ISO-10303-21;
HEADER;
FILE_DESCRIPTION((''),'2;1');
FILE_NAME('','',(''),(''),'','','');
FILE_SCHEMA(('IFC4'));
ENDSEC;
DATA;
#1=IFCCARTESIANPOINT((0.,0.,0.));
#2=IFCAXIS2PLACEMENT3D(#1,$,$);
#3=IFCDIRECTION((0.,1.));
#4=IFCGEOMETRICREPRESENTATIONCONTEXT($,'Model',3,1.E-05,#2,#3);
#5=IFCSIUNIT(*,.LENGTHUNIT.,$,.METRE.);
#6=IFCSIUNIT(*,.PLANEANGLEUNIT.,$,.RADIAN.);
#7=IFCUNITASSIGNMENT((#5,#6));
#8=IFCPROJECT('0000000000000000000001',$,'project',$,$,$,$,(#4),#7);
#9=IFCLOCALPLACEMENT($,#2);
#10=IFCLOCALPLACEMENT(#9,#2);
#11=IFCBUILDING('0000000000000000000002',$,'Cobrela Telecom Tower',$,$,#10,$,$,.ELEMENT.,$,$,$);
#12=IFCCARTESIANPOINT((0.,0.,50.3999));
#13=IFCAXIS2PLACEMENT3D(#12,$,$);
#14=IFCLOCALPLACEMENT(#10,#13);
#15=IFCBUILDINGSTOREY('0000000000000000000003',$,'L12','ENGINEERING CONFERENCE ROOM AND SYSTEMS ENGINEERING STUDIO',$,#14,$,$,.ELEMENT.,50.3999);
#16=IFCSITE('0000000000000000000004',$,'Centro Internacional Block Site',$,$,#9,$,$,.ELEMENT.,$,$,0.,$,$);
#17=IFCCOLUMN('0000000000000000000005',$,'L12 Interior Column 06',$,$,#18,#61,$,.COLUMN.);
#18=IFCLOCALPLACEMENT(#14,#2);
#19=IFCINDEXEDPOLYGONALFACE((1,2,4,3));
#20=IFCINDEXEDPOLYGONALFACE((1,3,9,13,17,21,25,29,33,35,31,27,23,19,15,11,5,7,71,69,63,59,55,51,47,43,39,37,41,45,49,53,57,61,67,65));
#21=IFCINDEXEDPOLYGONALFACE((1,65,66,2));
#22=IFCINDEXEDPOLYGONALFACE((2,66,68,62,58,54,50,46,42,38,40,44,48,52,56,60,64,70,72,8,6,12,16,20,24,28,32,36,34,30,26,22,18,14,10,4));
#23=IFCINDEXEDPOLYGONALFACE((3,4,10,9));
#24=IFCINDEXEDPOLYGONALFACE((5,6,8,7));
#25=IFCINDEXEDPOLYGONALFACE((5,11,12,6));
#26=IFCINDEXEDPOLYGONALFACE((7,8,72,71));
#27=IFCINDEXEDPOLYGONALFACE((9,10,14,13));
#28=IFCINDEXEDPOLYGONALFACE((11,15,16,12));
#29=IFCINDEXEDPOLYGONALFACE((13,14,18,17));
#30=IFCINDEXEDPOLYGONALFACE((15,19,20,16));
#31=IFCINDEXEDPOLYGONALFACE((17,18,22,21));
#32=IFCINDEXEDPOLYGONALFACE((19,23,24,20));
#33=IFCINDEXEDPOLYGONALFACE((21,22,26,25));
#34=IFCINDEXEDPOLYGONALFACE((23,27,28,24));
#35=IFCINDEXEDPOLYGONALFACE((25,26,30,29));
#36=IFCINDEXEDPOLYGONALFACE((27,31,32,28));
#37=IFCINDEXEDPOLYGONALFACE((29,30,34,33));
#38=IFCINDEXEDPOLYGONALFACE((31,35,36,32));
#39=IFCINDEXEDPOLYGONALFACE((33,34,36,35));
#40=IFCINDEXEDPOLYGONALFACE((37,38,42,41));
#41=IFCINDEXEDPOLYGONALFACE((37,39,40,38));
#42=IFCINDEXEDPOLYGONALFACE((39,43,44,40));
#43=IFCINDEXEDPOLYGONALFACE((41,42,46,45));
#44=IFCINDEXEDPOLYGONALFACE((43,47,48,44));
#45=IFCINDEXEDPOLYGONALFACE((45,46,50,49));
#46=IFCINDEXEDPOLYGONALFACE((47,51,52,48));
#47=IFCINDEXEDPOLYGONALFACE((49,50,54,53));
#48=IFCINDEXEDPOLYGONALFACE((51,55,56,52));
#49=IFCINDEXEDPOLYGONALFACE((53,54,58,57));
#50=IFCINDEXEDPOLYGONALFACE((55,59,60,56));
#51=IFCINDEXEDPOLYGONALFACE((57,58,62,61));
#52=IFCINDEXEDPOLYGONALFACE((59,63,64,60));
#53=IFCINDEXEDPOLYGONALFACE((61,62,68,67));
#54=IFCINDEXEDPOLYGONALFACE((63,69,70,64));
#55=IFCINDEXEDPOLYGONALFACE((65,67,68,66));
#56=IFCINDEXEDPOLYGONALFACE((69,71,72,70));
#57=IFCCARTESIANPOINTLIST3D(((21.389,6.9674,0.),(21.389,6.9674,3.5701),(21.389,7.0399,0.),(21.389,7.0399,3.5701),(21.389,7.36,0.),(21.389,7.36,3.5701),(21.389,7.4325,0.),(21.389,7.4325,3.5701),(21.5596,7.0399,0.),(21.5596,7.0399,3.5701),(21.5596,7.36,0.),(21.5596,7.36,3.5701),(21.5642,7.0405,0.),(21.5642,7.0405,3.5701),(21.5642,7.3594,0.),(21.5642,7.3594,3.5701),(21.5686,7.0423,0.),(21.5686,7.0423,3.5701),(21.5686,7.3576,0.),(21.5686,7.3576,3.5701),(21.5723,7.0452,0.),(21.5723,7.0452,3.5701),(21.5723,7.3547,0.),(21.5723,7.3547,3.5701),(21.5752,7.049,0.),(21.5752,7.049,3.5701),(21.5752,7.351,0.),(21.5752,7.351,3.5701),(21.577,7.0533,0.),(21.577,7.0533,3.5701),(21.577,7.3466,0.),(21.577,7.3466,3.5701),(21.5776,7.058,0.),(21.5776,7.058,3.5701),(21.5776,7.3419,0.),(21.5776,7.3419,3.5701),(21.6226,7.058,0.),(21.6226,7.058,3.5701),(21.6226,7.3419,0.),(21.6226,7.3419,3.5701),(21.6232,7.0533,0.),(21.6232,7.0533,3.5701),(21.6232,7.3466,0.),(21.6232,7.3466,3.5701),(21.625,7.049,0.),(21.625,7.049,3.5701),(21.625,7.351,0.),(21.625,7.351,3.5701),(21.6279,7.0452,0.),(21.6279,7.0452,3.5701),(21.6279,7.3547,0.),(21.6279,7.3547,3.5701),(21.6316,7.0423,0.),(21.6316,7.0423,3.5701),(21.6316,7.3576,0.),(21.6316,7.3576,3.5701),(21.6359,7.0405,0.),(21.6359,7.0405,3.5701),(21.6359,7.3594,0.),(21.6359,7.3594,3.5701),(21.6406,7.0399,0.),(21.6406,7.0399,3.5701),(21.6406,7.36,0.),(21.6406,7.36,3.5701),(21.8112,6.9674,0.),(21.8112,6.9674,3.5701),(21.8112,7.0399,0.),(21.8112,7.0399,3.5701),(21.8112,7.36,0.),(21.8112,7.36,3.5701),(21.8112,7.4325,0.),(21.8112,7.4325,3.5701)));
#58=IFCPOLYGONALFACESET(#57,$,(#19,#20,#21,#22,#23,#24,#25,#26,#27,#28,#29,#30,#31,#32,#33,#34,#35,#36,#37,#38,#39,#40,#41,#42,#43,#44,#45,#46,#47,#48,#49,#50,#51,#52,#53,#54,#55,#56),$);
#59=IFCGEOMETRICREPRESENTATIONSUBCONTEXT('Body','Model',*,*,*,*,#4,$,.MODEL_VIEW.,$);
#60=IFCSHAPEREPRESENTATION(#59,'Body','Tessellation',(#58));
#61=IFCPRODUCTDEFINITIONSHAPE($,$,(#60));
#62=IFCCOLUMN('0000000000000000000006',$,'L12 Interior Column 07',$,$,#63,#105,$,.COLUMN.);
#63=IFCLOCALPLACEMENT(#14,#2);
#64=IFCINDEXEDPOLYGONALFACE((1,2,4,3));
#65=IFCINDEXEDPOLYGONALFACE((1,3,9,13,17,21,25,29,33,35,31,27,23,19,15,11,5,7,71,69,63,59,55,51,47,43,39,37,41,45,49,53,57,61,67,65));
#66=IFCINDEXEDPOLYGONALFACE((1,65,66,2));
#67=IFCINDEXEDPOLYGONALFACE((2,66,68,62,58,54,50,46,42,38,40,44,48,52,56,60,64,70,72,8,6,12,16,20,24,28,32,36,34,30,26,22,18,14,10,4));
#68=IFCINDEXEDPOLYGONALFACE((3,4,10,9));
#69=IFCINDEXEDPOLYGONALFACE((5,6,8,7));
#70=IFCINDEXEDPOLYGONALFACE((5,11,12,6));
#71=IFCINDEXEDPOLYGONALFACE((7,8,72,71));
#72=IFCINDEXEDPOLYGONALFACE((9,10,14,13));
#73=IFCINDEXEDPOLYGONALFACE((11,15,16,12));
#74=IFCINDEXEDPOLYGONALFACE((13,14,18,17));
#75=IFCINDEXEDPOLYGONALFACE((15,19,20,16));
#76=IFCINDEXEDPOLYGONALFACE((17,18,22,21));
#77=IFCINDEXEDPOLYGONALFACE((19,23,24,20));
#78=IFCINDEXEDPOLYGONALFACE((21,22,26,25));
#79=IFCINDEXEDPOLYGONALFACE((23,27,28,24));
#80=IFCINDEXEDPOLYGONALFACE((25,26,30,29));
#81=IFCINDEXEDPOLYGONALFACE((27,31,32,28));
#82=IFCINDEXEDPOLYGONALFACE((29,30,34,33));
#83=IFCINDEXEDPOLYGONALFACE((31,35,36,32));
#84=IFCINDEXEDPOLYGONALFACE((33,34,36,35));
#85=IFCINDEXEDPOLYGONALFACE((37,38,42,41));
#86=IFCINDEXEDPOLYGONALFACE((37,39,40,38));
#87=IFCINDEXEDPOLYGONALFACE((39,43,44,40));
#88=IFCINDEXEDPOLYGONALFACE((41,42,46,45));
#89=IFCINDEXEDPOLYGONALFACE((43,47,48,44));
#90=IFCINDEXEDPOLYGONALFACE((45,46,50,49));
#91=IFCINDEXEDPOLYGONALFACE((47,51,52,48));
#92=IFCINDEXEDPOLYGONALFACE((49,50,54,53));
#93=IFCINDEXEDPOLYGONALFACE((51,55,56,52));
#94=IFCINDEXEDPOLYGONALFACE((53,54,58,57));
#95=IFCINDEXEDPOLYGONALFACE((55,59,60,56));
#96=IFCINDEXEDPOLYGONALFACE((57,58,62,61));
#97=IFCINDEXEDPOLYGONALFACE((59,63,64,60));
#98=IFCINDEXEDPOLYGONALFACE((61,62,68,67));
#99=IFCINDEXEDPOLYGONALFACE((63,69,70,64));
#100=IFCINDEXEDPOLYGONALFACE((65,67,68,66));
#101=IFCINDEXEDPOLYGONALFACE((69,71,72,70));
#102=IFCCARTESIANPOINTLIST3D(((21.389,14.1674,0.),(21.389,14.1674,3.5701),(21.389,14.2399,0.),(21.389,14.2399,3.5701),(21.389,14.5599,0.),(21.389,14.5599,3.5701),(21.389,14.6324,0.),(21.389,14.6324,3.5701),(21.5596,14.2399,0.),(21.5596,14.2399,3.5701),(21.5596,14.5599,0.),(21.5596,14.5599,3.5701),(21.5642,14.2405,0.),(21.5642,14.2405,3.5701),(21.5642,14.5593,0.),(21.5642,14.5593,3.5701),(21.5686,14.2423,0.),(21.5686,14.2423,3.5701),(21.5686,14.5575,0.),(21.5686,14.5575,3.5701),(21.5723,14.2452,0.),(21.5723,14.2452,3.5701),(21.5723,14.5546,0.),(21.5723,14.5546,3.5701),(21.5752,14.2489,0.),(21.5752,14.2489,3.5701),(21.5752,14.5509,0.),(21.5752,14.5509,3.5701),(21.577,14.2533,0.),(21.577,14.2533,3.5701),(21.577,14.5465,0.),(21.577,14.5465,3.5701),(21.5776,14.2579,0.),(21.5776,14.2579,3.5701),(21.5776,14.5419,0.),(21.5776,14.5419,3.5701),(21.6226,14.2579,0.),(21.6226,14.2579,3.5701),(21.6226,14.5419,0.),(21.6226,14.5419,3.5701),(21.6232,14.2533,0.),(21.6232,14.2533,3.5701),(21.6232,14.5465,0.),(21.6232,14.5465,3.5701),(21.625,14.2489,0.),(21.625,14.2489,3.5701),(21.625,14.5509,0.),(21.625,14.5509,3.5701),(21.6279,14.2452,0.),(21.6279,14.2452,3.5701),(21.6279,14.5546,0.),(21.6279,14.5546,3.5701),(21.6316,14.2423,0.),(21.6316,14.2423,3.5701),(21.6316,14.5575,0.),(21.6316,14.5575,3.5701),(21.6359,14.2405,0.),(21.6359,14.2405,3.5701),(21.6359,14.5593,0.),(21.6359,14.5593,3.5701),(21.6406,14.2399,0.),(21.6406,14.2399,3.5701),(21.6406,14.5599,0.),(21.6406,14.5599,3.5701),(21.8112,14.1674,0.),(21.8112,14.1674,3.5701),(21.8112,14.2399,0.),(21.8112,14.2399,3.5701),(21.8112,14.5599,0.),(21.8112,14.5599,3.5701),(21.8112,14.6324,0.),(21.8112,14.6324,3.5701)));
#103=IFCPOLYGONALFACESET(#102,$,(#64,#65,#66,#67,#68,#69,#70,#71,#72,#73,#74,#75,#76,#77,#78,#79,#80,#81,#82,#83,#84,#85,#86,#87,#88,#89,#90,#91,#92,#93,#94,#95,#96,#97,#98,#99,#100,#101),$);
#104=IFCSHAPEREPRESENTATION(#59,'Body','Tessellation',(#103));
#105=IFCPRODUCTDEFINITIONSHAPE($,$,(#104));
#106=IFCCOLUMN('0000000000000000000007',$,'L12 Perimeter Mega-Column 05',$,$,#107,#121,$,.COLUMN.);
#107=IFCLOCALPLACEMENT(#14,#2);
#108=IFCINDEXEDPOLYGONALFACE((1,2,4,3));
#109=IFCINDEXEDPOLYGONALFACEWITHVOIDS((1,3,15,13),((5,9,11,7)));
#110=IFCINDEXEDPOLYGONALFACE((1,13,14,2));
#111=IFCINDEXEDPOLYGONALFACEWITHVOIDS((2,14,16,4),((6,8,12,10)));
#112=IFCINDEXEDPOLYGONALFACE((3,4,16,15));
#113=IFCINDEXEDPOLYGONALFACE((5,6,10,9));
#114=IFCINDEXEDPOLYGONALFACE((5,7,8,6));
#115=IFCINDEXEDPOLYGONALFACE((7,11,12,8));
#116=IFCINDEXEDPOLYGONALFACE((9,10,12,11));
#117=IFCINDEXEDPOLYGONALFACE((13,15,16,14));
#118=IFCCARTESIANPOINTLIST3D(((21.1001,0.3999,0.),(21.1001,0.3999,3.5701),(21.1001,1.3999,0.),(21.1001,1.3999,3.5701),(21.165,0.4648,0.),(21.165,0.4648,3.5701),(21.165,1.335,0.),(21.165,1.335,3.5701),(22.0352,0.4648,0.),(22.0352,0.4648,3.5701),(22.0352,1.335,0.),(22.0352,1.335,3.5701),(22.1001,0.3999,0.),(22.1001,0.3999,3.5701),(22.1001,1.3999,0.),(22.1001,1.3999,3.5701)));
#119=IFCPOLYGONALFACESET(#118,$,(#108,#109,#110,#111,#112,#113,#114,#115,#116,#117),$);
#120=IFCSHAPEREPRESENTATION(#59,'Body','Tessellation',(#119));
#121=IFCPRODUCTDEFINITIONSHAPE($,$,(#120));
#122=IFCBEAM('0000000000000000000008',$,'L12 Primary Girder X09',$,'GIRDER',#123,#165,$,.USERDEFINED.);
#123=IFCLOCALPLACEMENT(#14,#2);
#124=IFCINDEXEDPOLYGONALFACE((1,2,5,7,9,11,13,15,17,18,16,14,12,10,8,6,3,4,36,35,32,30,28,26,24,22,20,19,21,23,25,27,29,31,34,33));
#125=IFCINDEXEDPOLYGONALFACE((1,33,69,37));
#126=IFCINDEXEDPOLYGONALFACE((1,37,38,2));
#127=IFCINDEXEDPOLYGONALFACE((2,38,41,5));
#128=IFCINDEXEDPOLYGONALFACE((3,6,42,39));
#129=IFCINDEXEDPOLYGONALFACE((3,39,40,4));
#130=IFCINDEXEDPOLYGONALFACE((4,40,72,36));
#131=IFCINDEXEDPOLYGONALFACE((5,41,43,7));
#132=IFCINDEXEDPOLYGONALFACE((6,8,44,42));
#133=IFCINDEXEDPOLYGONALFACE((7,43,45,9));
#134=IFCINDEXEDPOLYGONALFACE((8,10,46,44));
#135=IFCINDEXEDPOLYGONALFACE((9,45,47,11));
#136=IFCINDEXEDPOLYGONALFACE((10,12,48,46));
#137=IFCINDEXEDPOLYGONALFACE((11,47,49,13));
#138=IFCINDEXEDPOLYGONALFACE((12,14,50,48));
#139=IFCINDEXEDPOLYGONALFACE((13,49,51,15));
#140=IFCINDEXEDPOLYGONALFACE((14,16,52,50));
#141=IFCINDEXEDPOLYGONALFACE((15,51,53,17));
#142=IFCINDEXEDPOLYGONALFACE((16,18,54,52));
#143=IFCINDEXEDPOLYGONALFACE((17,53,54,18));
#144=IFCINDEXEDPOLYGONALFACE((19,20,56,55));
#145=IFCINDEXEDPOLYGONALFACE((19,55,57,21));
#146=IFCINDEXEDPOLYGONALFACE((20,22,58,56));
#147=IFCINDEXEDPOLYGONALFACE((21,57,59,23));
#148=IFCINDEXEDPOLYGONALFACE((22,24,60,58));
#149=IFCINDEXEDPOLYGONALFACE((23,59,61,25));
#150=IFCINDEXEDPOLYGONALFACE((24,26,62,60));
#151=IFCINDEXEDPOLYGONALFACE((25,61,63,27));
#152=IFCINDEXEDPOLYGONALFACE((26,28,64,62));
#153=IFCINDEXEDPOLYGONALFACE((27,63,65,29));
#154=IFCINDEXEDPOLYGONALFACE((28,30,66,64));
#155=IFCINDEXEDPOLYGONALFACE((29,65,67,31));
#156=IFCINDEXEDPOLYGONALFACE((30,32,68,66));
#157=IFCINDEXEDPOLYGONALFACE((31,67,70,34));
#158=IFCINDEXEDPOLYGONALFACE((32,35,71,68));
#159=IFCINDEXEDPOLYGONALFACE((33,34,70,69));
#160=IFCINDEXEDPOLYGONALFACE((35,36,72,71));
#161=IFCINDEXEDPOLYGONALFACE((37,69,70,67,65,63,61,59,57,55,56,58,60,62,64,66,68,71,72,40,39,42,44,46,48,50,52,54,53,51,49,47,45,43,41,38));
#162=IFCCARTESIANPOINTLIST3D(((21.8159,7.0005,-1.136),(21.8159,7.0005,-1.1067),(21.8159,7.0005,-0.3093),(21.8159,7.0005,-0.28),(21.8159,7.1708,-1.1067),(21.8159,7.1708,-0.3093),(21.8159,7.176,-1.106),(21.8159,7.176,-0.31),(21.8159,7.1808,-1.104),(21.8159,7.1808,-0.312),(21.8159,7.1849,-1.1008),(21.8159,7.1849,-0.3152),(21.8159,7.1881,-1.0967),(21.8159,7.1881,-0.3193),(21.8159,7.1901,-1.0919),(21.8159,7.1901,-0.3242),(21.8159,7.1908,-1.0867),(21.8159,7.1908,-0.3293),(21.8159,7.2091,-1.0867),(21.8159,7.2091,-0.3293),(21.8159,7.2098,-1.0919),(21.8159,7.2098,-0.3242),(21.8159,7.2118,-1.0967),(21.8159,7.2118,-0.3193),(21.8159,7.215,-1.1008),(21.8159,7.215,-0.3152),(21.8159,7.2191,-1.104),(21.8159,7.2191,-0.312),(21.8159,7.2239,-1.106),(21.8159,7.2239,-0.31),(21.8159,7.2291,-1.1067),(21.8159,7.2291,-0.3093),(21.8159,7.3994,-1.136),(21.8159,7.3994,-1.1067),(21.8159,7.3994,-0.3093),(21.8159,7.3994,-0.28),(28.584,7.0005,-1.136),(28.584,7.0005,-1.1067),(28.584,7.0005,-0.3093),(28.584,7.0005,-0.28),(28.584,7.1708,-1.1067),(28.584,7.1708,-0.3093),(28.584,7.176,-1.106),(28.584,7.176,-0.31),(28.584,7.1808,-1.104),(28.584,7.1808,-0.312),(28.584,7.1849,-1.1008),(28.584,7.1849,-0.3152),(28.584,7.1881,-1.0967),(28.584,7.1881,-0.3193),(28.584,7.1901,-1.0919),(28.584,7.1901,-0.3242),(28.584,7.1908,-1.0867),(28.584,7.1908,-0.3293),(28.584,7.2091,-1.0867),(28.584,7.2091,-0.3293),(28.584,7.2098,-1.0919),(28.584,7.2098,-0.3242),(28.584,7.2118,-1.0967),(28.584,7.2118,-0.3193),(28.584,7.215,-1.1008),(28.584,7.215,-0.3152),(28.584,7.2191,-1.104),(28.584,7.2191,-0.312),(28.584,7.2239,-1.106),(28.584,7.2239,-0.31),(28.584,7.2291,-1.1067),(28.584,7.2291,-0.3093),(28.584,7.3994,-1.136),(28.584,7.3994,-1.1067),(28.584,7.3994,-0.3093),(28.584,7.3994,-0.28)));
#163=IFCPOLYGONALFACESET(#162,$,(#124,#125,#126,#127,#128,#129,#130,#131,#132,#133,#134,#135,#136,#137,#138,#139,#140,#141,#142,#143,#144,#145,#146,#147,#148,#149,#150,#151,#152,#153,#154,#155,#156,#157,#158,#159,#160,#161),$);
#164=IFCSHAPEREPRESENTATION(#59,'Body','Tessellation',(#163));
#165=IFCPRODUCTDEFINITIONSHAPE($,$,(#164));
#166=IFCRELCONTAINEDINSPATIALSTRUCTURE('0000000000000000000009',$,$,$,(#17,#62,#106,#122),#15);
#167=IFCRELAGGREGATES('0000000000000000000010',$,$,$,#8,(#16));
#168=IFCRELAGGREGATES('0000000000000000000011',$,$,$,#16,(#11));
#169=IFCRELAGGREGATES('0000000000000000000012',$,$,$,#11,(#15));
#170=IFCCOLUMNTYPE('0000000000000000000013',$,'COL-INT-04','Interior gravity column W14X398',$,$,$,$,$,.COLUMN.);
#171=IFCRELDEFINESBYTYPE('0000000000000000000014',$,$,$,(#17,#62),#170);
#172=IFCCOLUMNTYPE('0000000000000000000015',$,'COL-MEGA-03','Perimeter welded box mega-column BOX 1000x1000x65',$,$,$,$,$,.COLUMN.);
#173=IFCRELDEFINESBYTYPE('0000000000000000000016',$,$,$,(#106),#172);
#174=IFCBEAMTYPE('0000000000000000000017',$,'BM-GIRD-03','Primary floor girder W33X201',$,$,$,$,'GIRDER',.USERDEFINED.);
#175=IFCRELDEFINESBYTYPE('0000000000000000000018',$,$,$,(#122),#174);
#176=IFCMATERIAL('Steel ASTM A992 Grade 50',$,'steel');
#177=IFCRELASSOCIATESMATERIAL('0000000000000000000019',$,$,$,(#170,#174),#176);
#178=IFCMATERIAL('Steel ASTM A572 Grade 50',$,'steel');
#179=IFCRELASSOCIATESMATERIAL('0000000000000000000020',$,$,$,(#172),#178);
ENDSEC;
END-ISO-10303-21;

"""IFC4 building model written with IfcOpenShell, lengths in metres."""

from ifc_helpers import new_model, si_unit, direction, frame, origin, origin_2d, place, context, subcontext, project, spatial, hollow_rectangle, i_section, extrude, material, material_profile, profile_set, type_object, element, save


model = new_model("IFC4")

# Units and contexts
model_context = context("Model", 3, precision=1e-05, world=origin(), true_north=direction((0.0, 1.0)))
body_context = subcontext(model_context, "Body", "Model", "MODEL_VIEW")
ifc_project = project(units=[si_unit("LENGTHUNIT", "METRE"), si_unit("PLANEANGLEUNIT", "RADIAN")], contexts=[model_context])

# Site, building, storey
site_placement = place(None, origin())
site = spatial("IfcSite", under=ifc_project, at=site_placement, Name="Centro Internacional Block Site", CompositionType="ELEMENT", RefElevation=0.0)
building_placement = place(site_placement, origin())
building = spatial("IfcBuilding", under=site, at=building_placement, Name="Cobrela Telecom Tower", CompositionType="ELEMENT")
storey_placement = place(building_placement, frame((0.0, 0.0, 50.3999)))
storey = spatial("IfcBuildingStorey", under=building, at=storey_placement, Name="L12", Description="ENGINEERING CONFERENCE ROOM AND SYSTEMS ENGINEERING STUDIO", CompositionType="ELEMENT", Elevation=50.3999)

# Columns
ifc_material_1 = material(Name="Steel ASTM A992 Grade 50", Category="steel")
ifc_material_profile_1 = material_profile(ifc_material_1, i_section(OverallWidth=0.4221, OverallDepth=0.4651, WebThickness=0.0449, FlangeThickness=0.0725, FilletRadius=0.0181, at=origin_2d()), Name="W14X398")
ifc_profile_set_1 = profile_set([ifc_material_profile_1], Name="Steel ASTM A992 Grade 50")
column_type_1 = type_object("IfcColumnType", Name="COL-INT-04", Description="Interior gravity column W14X398", PredefinedType="COLUMN", material=ifc_profile_set_1)
for number, where, z_axis, x_axis, name in (
    (1, (21.6001, 7.2, 0.0), (0.0, 0.0, 1.0), (1.0, 0.0, 0.0), "L12 Interior Column 06"),
    (2, (21.6001, 14.3999, 0.0), (0.0, 0.0, 1.0), (1.0, 0.0, 0.0), "L12 Interior Column 07"),
):
    element("IfcColumn", number, at=place(storey_placement, frame(where, z_axis=z_axis, x_axis=x_axis)), inside=storey, type_object=column_type_1, Name=name, PredefinedType="COLUMN", context=body_context, shape_type="SweptSolid", body=[
        extrude(i_section(OverallWidth=0.4221, OverallDepth=0.4651, WebThickness=0.0449, FlangeThickness=0.0725, FilletRadius=0.0181, at=origin_2d()), origin(), (0.0, 0.0, 1.0), 3.5701),
    ])
ifc_material_2 = material(Name="Steel ASTM A572 Grade 50", Category="steel")
ifc_material_profile_2 = material_profile(ifc_material_2, hollow_rectangle(XDim=1.0, YDim=1.0, WallThickness=0.0649, at=origin_2d()), Name="BOX 1000x1000x65")
ifc_profile_set_2 = profile_set([ifc_material_profile_2], Name="Steel ASTM A572 Grade 50")
column_type_2 = type_object("IfcColumnType", Name="COL-MEGA-03", Description="Perimeter welded box mega-column BOX 1000x1000x65", PredefinedType="COLUMN", material=ifc_profile_set_2)
column_placement = place(storey_placement, frame((21.6001, 0.8999, 0.0), z_axis=(0.0, 0.0, 1.0), x_axis=(1.0, 0.0, 0.0)))
element("IfcColumn", 3, at=column_placement, inside=storey, type_object=column_type_2, Name="L12 Perimeter Mega-Column 05", PredefinedType="COLUMN", context=body_context, shape_type="SweptSolid", body=[
    extrude(hollow_rectangle(XDim=1.0, YDim=1.0, WallThickness=0.0649, at=origin_2d()), origin(), (0.0, 0.0, 1.0), 3.5701),
])

# Beam
ifc_material_profile_3 = material_profile(ifc_material_1, i_section(OverallWidth=0.3989, OverallDepth=0.856, WebThickness=0.0183, FlangeThickness=0.0293, FilletRadius=0.02, at=origin_2d()), Name="W33X201")
ifc_profile_set_3 = profile_set([ifc_material_profile_3], Name="Steel ASTM A992 Grade 50")
beam_type_1 = type_object("IfcBeamType", Name="BM-GIRD-03", Description="Primary floor girder W33X201", ElementType="GIRDER", PredefinedType="USERDEFINED", material=ifc_profile_set_3)
for number, where, z_axis, x_axis, name in (
    (4, (21.8159, 7.2, -0.708), (1.0, 0.0, 0.0), (0.0, 1.0, 0.0), "L12 Primary Girder X09"),
):
    element("IfcBeam", number, at=place(storey_placement, frame(where, z_axis=z_axis, x_axis=x_axis)), inside=storey, type_object=beam_type_1, Name=name, ObjectType="GIRDER", PredefinedType="USERDEFINED", context=body_context, shape_type="SweptSolid", body=[
        extrude(i_section(OverallWidth=0.3989, OverallDepth=0.856, WebThickness=0.0183, FlangeThickness=0.0293, FilletRadius=0.02, at=origin_2d()), origin(), (0.0, 0.0, 1.0), 6.7681),
    ])

save(model, "model.ifc")
